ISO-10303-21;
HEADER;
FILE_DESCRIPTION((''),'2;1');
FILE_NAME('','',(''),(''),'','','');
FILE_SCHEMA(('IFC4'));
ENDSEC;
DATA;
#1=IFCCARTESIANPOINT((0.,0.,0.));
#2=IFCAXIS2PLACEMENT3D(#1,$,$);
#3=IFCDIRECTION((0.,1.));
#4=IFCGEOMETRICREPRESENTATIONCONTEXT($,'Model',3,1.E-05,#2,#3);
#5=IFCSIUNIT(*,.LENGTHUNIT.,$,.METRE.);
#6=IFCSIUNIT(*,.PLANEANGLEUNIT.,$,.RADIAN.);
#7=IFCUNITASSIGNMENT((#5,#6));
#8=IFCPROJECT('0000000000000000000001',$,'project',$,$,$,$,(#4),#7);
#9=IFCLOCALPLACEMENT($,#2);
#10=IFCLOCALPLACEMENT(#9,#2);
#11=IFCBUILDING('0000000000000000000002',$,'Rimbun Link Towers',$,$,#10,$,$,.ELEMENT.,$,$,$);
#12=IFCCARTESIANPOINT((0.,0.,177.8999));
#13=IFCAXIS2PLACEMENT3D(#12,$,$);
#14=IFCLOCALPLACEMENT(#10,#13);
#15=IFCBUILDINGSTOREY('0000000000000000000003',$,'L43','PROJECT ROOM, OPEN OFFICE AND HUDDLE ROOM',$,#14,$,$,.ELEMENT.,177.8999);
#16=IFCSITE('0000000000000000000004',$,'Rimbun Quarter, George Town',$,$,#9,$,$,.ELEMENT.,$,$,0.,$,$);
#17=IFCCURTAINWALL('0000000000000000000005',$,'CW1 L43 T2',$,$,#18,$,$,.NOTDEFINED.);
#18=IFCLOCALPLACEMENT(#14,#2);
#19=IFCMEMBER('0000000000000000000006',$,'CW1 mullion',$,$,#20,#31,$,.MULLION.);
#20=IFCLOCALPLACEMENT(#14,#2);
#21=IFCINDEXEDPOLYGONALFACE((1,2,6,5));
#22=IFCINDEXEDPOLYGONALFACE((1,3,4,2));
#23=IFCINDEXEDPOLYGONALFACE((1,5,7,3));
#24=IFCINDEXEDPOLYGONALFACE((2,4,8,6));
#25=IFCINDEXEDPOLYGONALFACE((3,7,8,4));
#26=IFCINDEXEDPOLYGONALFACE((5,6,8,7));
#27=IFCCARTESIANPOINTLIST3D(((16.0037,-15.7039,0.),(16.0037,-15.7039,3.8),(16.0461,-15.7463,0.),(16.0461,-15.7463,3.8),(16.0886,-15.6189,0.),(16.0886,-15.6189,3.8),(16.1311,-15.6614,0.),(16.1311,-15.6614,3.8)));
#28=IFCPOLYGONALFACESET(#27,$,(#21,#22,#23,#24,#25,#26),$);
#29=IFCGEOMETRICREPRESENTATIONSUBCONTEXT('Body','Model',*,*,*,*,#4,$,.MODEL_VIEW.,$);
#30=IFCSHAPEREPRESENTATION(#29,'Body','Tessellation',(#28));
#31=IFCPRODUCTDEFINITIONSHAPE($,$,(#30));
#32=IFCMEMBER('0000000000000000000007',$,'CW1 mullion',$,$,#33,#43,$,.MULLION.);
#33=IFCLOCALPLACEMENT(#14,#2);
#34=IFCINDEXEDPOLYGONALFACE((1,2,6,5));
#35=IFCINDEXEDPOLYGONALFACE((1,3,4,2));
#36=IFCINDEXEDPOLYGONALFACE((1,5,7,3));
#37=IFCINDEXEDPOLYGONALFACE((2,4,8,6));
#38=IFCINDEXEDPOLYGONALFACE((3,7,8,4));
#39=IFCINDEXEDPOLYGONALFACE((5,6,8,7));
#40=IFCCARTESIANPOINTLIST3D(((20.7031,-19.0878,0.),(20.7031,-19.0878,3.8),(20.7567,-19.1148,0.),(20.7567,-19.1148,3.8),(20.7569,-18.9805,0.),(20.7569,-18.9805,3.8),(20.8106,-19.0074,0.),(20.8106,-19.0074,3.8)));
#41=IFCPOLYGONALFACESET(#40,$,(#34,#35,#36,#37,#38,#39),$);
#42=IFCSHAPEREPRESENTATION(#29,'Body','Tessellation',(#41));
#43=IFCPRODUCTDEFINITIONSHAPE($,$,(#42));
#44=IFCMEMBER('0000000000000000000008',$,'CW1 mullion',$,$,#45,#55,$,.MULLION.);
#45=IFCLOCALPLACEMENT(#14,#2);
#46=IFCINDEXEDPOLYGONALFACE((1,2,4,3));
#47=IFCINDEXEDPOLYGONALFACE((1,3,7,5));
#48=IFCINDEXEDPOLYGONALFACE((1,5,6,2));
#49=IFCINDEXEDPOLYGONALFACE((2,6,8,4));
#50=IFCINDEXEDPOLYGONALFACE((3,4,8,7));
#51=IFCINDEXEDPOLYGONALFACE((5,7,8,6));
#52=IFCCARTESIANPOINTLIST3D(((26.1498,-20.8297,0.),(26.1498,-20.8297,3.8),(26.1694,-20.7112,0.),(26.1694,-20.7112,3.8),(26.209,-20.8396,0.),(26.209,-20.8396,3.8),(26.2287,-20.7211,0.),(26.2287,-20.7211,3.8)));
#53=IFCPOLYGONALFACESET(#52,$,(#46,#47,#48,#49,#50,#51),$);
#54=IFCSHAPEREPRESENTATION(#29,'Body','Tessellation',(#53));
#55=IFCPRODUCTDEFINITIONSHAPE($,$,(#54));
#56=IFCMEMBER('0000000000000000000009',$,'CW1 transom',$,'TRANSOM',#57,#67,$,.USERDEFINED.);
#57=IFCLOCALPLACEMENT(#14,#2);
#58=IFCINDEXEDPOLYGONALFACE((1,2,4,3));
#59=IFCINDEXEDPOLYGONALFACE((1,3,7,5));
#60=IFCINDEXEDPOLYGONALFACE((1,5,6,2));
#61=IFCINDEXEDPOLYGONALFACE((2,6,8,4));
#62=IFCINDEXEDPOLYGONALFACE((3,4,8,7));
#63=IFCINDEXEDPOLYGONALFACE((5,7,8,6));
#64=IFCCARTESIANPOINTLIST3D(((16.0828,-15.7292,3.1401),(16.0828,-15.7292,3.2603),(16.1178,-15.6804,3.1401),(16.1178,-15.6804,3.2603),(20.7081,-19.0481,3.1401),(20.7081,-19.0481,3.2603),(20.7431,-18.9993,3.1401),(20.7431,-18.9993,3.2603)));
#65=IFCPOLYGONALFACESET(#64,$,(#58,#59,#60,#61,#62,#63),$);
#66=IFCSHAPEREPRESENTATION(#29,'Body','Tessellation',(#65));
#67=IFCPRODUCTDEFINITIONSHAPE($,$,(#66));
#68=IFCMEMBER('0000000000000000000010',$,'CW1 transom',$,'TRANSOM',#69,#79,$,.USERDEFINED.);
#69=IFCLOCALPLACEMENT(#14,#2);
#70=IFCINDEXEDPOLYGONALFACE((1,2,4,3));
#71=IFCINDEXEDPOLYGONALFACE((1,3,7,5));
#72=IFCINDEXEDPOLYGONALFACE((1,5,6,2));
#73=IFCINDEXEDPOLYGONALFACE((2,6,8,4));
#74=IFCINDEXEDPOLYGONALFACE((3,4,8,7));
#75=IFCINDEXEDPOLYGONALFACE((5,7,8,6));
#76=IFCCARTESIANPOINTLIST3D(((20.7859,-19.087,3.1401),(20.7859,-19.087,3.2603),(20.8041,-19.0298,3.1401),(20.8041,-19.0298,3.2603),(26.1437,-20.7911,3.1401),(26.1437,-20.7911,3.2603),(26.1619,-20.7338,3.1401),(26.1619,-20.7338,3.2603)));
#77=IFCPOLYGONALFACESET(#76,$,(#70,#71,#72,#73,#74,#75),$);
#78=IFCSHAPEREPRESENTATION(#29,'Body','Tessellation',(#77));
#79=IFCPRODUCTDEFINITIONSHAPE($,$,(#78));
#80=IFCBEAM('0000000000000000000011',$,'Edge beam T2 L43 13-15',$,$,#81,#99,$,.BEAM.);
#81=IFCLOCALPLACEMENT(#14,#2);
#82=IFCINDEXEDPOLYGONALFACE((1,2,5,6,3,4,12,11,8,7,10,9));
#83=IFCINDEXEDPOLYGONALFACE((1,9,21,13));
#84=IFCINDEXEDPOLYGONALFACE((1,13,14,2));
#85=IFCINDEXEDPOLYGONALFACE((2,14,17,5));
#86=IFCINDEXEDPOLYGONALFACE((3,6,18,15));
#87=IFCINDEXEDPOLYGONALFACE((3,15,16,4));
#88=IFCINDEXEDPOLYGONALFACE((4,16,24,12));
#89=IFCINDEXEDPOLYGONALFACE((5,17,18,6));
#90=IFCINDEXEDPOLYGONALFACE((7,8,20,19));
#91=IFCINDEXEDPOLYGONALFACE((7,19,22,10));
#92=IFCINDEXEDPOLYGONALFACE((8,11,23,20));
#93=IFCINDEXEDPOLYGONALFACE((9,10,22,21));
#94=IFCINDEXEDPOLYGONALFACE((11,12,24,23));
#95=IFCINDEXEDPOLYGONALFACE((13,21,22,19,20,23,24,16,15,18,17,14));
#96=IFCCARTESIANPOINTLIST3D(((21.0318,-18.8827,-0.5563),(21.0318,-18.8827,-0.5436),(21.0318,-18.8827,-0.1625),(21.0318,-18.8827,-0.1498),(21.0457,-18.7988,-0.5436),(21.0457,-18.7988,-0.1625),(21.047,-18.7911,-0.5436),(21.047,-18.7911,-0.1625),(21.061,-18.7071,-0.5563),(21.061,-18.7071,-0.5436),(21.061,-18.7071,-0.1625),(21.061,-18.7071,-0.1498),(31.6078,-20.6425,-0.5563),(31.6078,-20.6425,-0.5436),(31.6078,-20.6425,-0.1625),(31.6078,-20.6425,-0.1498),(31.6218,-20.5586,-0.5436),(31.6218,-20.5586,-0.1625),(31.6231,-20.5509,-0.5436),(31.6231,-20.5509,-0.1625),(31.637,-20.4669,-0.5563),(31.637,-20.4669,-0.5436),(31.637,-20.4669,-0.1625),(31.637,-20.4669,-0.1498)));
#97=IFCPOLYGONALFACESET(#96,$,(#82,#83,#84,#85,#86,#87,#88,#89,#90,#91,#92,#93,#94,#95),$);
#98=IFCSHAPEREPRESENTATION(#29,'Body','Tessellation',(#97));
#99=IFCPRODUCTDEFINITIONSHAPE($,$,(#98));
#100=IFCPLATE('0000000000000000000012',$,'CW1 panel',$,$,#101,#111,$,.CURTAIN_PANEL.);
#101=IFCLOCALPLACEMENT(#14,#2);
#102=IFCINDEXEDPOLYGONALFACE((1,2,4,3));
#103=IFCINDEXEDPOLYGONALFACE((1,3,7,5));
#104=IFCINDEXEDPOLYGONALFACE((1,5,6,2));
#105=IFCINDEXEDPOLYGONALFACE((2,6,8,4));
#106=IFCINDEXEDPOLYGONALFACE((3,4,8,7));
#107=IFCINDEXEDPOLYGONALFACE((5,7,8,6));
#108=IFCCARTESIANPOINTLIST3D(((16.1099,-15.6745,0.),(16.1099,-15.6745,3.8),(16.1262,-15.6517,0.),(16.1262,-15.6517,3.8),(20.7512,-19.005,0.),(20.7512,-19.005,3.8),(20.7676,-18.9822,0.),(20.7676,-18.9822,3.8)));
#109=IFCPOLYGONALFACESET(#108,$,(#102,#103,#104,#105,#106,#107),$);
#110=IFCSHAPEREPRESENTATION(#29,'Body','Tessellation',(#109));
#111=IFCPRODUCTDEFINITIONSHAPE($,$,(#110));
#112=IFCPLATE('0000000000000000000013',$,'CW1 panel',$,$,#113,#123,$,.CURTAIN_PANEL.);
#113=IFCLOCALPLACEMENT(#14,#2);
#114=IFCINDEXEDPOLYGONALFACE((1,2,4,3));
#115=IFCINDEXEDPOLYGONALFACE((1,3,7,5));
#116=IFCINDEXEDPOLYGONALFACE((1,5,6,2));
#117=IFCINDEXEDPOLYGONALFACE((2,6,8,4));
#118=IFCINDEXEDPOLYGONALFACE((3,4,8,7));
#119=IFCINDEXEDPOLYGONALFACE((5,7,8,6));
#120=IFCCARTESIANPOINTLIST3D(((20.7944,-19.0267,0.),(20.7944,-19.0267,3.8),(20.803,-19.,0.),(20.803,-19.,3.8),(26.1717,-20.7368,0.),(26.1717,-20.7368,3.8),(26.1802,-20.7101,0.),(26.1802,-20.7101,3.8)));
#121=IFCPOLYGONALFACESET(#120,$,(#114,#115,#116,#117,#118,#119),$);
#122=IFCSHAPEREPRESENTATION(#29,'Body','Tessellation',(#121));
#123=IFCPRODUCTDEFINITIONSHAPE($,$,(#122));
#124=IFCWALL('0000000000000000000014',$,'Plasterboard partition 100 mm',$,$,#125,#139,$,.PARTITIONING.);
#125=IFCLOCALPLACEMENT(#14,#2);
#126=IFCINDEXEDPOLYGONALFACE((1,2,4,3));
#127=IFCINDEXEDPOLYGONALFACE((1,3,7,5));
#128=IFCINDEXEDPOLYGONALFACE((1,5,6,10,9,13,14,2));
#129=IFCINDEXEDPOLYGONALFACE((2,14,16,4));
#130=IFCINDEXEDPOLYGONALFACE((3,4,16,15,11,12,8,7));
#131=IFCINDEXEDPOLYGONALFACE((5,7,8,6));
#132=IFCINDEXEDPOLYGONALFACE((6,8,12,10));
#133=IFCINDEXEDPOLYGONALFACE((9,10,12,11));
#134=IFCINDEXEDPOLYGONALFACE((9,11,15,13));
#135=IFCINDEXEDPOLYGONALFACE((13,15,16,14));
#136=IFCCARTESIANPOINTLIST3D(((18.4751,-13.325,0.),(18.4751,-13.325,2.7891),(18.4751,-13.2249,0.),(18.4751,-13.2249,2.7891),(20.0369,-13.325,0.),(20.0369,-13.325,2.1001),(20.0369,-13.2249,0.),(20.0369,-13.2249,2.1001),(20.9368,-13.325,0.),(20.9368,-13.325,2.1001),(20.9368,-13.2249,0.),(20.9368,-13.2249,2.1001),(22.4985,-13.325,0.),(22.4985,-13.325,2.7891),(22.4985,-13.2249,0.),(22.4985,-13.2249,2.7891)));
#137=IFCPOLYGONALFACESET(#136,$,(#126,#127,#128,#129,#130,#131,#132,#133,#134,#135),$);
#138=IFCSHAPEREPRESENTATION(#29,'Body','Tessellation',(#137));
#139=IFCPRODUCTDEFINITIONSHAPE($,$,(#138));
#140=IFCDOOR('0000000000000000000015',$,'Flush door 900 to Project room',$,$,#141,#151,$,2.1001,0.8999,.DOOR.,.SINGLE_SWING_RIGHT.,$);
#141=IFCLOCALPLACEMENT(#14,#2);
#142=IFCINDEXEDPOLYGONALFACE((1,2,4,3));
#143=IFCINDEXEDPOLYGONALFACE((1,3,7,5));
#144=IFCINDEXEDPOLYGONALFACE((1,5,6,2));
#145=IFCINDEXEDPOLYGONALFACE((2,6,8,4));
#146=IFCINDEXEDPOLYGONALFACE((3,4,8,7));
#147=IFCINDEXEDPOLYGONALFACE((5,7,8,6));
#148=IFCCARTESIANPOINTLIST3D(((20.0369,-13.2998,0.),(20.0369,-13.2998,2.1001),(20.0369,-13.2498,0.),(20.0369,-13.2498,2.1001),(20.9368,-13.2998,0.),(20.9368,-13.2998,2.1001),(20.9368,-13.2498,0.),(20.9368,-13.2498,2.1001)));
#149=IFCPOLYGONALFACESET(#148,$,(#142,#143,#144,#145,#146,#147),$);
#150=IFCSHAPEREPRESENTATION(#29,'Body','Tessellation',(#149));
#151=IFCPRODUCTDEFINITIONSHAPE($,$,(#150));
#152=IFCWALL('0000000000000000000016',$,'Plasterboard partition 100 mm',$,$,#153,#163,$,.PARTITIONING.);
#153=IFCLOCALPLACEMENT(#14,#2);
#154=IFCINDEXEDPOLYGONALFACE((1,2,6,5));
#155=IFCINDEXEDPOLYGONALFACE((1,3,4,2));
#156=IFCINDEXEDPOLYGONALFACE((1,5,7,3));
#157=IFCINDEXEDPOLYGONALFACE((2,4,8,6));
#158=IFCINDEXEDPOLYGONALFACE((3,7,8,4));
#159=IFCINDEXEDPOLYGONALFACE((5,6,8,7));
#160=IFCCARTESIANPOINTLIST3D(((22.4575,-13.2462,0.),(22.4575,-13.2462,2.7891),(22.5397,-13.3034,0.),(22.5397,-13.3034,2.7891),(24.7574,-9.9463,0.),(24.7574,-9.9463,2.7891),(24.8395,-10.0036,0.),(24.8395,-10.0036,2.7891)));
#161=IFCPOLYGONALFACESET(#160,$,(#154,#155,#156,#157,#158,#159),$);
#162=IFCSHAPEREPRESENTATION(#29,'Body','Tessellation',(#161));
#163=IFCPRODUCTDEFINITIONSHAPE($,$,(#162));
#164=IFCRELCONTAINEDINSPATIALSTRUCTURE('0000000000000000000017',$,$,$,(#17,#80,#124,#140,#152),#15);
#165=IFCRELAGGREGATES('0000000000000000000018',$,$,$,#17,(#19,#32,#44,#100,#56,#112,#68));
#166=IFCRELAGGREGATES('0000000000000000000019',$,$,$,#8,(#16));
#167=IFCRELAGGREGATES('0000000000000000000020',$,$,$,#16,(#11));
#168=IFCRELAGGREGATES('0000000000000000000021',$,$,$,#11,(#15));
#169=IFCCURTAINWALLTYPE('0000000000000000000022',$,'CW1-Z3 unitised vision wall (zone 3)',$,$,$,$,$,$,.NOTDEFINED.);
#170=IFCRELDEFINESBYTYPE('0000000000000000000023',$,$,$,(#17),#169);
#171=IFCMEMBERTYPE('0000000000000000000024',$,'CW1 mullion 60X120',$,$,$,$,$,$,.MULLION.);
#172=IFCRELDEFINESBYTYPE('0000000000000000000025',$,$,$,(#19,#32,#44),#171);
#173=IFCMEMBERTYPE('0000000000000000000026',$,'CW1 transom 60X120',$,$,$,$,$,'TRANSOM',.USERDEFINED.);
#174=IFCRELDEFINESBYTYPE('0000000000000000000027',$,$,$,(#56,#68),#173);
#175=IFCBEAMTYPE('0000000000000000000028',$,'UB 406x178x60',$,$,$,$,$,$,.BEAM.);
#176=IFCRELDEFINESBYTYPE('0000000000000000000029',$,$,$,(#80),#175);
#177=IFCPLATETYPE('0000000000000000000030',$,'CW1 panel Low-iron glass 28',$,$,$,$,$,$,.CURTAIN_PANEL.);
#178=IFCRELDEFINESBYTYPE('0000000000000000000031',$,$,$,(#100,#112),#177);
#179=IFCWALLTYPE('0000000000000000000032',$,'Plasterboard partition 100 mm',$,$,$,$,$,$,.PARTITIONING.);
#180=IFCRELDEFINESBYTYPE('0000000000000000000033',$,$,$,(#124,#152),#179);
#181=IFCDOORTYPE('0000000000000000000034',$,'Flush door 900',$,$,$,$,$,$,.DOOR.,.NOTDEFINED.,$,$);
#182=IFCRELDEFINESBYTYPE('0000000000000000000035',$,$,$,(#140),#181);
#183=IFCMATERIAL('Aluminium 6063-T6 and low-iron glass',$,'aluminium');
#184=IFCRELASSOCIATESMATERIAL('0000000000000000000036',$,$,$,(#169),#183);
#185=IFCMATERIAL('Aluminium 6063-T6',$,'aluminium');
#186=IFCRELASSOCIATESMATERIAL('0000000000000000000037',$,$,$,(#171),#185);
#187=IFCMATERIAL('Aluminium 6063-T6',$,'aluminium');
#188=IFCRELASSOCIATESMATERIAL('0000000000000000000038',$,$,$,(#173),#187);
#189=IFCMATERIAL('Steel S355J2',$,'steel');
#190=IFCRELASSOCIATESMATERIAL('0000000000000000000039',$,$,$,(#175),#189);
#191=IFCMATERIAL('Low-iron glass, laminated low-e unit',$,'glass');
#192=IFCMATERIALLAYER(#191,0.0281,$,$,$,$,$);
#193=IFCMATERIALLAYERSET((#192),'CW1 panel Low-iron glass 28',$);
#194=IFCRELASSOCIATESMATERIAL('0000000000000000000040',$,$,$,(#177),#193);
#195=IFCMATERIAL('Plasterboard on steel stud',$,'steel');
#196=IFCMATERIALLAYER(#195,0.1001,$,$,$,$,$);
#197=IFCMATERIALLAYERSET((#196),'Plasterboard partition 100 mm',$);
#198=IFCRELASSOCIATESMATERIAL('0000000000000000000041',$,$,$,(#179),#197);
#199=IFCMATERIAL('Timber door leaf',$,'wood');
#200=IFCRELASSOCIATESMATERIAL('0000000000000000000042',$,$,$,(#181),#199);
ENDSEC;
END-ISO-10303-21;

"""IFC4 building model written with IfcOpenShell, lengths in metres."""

from ifc_helpers import new_model, si_unit, direction, frame, frame_2d, origin, origin_2d, place, context, subcontext, project, spatial, rectangle, i_section, extrude, material, layer, layer_set, material_profile, profile_set, type_object, element, fill, aggregate, save


model = new_model("IFC4")

# Units and contexts
model_context = context("Model", 3, precision=1e-05, world=origin(), true_north=direction((0.0, 1.0)))
body_context = subcontext(model_context, "Body", "Model", "MODEL_VIEW")
ifc_project = project(units=[si_unit("LENGTHUNIT", "METRE"), si_unit("PLANEANGLEUNIT", "RADIAN")], contexts=[model_context])

# Site, building, storey
site_placement = place(None, origin())
site = spatial("IfcSite", under=ifc_project, at=site_placement, Name="Rimbun Quarter, George Town", CompositionType="ELEMENT", RefElevation=0.0)
building_placement = place(site_placement, origin())
building = spatial("IfcBuilding", under=site, at=building_placement, Name="Rimbun Link Towers", CompositionType="ELEMENT")
storey_placement = place(building_placement, frame((0.0, 0.0, 177.8999)))
storey = spatial("IfcBuildingStorey", under=building, at=storey_placement, Name="L43", Description="PROJECT ROOM, OPEN OFFICE AND HUDDLE ROOM", CompositionType="ELEMENT", Elevation=177.8999)

# Curtain wall, members
ifc_material_1 = material(Name="Aluminium 6063-T6 and low-iron glass", Category="aluminium")
curtain_wall_type = type_object("IfcCurtainWallType", Name="CW1-Z3 unitised vision wall (zone 3)", PredefinedType="NOTDEFINED", material=ifc_material_1)
curtain_wall_placement = place(storey_placement, origin())
curtain_wall = element("IfcCurtainWall", 1, at=curtain_wall_placement, inside=storey, type_object=curtain_wall_type, Name="CW1 L43 T2", PredefinedType="NOTDEFINED")
ifc_material_2 = material(Name="Aluminium 6063-T6", Category="aluminium")
ifc_material_profile_1 = material_profile(ifc_material_2, rectangle(XDim=0.1201, YDim=0.0601, at=origin_2d()), Name="MULLION 60X120")
ifc_profile_set_1 = profile_set([ifc_material_profile_1], Name="Aluminium 6063-T6")
member_type_1 = type_object("IfcMemberType", Name="CW1 mullion 60X120", PredefinedType="MULLION", material=ifc_profile_set_1)
member_1_placement = place(storey_placement, frame((16.0674, -15.6826, 0.0), z_axis=(0.0, 0.0, 1.0), x_axis=(-0.707107, -0.707107, 0.0)))
member_1 = element("IfcMember", 2, at=member_1_placement, type_object=member_type_1, Name="CW1 mullion", PredefinedType="MULLION", context=body_context, shape_type="SweptSolid", body=[
    extrude(rectangle(XDim=0.1201, YDim=0.0601, at=origin_2d()), origin(), (0.0, 0.0, 1.0), 3.8),
])
member_2_placement = place(storey_placement, frame((20.7568, -19.0476, 0.0), z_axis=(0.0, 0.0, 1.0), x_axis=(-0.448574, -0.893746, 0.0)))
member_2 = element("IfcMember", 3, at=member_2_placement, type_object=member_type_1, Name="CW1 mullion", PredefinedType="MULLION", context=body_context, shape_type="SweptSolid", body=[
    extrude(rectangle(XDim=0.1201, YDim=0.0601, at=origin_2d()), origin(), (0.0, 0.0, 1.0), 3.8),
])
member_3_placement = place(storey_placement, frame((26.1892, -20.7754, 0.0), z_axis=(0.0, 0.0, 1.0), x_axis=(-0.163743, -0.986503, 0.0)))
member_3 = element("IfcMember", 4, at=member_3_placement, type_object=member_type_1, Name="CW1 mullion", PredefinedType="MULLION", context=body_context, shape_type="SweptSolid", body=[
    extrude(rectangle(XDim=0.1201, YDim=0.0601, at=origin_2d()), origin(), (0.0, 0.0, 1.0), 3.8),
])
ifc_material_3 = material(Name="Aluminium 6063-T6", Category="aluminium")
ifc_material_profile_2 = material_profile(ifc_material_3, rectangle(XDim=0.0601, YDim=0.1201, at=origin_2d()), Name="TRANSOM 60X120")
ifc_profile_set_2 = profile_set([ifc_material_profile_2], Name="Aluminium 6063-T6")
member_type_2 = type_object("IfcMemberType", Name="CW1 transom 60X120", ElementType="TRANSOM", PredefinedType="USERDEFINED", material=ifc_profile_set_2)
member_4_placement = place(storey_placement, frame((20.7256, -19.0237, 3.2002), z_axis=(-0.812477, 0.582993, 0.0), x_axis=(-0.582993, -0.812477, 0.0)))
member_4 = element("IfcMember", 5, at=member_4_placement, type_object=member_type_2, Name="CW1 transom", ObjectType="TRANSOM", PredefinedType="USERDEFINED", context=body_context, shape_type="SweptSolid", body=[
    extrude(rectangle(XDim=0.0601, YDim=0.1201, at=origin_2d()), origin(), (0.0, 0.0, 1.0), 5.6929),
])
member_5_placement = place(storey_placement, frame((26.1528, -20.7625, 3.2002), z_axis=(-0.952961, 0.303093, 0.0), x_axis=(-0.303093, -0.952961, 0.0)))
member_5 = element("IfcMember", 6, at=member_5_placement, type_object=member_type_2, Name="CW1 transom", ObjectType="TRANSOM", PredefinedType="USERDEFINED", context=body_context, shape_type="SweptSolid", body=[
    extrude(rectangle(XDim=0.0601, YDim=0.1201, at=origin_2d()), origin(), (0.0, 0.0, 1.0), 5.6223),
])

# Beam
ifc_material_4 = material(Name="Steel S355J2", Category="steel")
ifc_material_profile_3 = material_profile(ifc_material_4, i_section(OverallWidth=0.178, OverallDepth=0.4065, WebThickness=0.0078, FlangeThickness=0.0127, at=origin_2d()), Name="UB 406x178x60")
ifc_profile_set_3 = profile_set([ifc_material_profile_3], Name="Steel S355J2")
beam_type = type_object("IfcBeamType", Name="UB 406x178x60", PredefinedType="BEAM", material=ifc_profile_set_3)
beam_placement = place(storey_placement, frame((21.0464, -18.7949, -0.353), z_axis=(0.986438, -0.164137, 0.0), x_axis=(0.164137, 0.986438, 0.0)))
element("IfcBeam", 7, at=beam_placement, inside=storey, type_object=beam_type, Name="Edge beam T2 L43 13-15", PredefinedType="BEAM", context=body_context, shape_type="SweptSolid", body=[
    extrude(i_section(OverallWidth=0.178, OverallDepth=0.4065, WebThickness=0.0078, FlangeThickness=0.0127, at=origin_2d()), origin(), (0.0, 0.0, 1.0), 10.7214),
])

# Plates
ifc_material_5 = material(Name="Low-iron glass, laminated low-e unit", Category="glass")
ifc_layer_1 = layer(ifc_material_5, 0.0281)
ifc_layer_set_1 = layer_set([ifc_layer_1], Name="CW1 panel Low-iron glass 28")
plate_type = type_object("IfcPlateType", Name="CW1 panel Low-iron glass 28", PredefinedType="CURTAIN_PANEL", material=ifc_layer_set_1)
plate_1_placement = place(storey_placement, frame((18.4387, -17.3284, 0.0), z_axis=(0.0, 0.0, 1.0), x_axis=(-0.812465, 0.583009, 0.0)))
plate_1 = element("IfcPlate", 8, at=plate_1_placement, type_object=plate_type, Name="CW1 panel", PredefinedType="CURTAIN_PANEL", context=body_context, shape_type="SweptSolid", body=[
    extrude(rectangle(XDim=5.7126, YDim=0.0281, at=origin_2d()), origin(), (0.0, 0.0, 1.0), 3.8),
])
plate_2_placement = place(storey_placement, frame((23.4873, -19.8684, 0.0), z_axis=(0.0, 0.0, 1.0), x_axis=(-0.952969, 0.303068, 0.0)))
plate_2 = element("IfcPlate", 9, at=plate_2_placement, type_object=plate_type, Name="CW1 panel", PredefinedType="CURTAIN_PANEL", context=body_context, shape_type="SweptSolid", body=[
    extrude(rectangle(XDim=5.6426, YDim=0.0281, at=origin_2d()), origin(), (0.0, 0.0, 1.0), 3.8),
])
aggregate(curtain_wall, [member_1, member_2, member_3, plate_1, member_4, plate_2, member_5])

# Wall, opening, door
ifc_material_6 = material(Name="Plasterboard on steel stud", Category="steel")
ifc_layer_2 = layer(ifc_material_6, 0.1001)
ifc_layer_set_2 = layer_set([ifc_layer_2], Name="Plasterboard partition 100 mm")
wall_type = type_object("IfcWallType", Name="Plasterboard partition 100 mm", PredefinedType="PARTITIONING", material=ifc_layer_set_2)
wall_1_placement = place(storey_placement, frame((22.4985, -13.2749, 0.0), z_axis=(0.0, 0.0, 1.0), x_axis=(-1.0, 0.0, 0.0)))
wall_1 = element("IfcWall", 10, at=wall_1_placement, inside=storey, type_object=wall_type, Name="Plasterboard partition 100 mm", PredefinedType="PARTITIONING", context=body_context, shape_type="SweptSolid", body=[
    extrude(rectangle(XDim=4.0234, YDim=0.1001, at=frame_2d((2.0117, 0.0))), origin(), (0.0, 0.0, 1.0), 2.7891),
])
opening_placement = place(wall_1_placement, frame((1.5618, 0.0, 0.0)))
opening = element("IfcOpeningElement", 11, at=opening_placement, cuts=wall_1, PredefinedType="OPENING", context=body_context, shape_type="SweptSolid", body=[
    extrude(rectangle(XDim=0.8999, YDim=2.1001, at=frame_2d((0.45, 1.05))), frame((0.0, 0.0601, 0.0), z_axis=(0.0, -1.0, 0.0), x_axis=(1.0, 0.0, 0.0)), (0.0, 0.0, 1.0), 0.1201),
])
ifc_material_7 = material(Name="Timber door leaf", Category="wood")
door_type = type_object("IfcDoorType", Name="Flush door 900", OperationType="NOTDEFINED", PredefinedType="DOOR", material=ifc_material_7)
door_placement = place(opening_placement, origin())
door = element("IfcDoor", 12, at=door_placement, inside=storey, type_object=door_type, Name="Flush door 900 to Project room", OperationType="SINGLE_SWING_RIGHT", OverallHeight=2.1001, OverallWidth=0.8999, PredefinedType="DOOR", context=body_context, shape_type="SweptSolid", body=[
    extrude(rectangle(XDim=0.8999, YDim=2.1001, at=frame_2d((0.45, 1.05))), frame((0.0, 0.0249, 0.0), z_axis=(0.0, -1.0, 0.0), x_axis=(1.0, 0.0, 0.0)), (0.0, 0.0, 1.0), 0.05),
])
fill(opening, door)

# Wall
wall_2_placement = place(storey_placement, frame((22.4985, -13.2749, 0.0), z_axis=(0.0, 0.0, 1.0), x_axis=(0.571783, 0.820405, 0.0)))
element("IfcWall", 13, at=wall_2_placement, inside=storey, type_object=wall_type, Name="Plasterboard partition 100 mm", PredefinedType="PARTITIONING", context=body_context, shape_type="SweptSolid", body=[
    extrude(rectangle(XDim=4.0222, YDim=0.1001, at=frame_2d((2.0112, 0.0))), origin(), (0.0, 0.0, 1.0), 2.7891),
])

save(model, "model.ifc")
